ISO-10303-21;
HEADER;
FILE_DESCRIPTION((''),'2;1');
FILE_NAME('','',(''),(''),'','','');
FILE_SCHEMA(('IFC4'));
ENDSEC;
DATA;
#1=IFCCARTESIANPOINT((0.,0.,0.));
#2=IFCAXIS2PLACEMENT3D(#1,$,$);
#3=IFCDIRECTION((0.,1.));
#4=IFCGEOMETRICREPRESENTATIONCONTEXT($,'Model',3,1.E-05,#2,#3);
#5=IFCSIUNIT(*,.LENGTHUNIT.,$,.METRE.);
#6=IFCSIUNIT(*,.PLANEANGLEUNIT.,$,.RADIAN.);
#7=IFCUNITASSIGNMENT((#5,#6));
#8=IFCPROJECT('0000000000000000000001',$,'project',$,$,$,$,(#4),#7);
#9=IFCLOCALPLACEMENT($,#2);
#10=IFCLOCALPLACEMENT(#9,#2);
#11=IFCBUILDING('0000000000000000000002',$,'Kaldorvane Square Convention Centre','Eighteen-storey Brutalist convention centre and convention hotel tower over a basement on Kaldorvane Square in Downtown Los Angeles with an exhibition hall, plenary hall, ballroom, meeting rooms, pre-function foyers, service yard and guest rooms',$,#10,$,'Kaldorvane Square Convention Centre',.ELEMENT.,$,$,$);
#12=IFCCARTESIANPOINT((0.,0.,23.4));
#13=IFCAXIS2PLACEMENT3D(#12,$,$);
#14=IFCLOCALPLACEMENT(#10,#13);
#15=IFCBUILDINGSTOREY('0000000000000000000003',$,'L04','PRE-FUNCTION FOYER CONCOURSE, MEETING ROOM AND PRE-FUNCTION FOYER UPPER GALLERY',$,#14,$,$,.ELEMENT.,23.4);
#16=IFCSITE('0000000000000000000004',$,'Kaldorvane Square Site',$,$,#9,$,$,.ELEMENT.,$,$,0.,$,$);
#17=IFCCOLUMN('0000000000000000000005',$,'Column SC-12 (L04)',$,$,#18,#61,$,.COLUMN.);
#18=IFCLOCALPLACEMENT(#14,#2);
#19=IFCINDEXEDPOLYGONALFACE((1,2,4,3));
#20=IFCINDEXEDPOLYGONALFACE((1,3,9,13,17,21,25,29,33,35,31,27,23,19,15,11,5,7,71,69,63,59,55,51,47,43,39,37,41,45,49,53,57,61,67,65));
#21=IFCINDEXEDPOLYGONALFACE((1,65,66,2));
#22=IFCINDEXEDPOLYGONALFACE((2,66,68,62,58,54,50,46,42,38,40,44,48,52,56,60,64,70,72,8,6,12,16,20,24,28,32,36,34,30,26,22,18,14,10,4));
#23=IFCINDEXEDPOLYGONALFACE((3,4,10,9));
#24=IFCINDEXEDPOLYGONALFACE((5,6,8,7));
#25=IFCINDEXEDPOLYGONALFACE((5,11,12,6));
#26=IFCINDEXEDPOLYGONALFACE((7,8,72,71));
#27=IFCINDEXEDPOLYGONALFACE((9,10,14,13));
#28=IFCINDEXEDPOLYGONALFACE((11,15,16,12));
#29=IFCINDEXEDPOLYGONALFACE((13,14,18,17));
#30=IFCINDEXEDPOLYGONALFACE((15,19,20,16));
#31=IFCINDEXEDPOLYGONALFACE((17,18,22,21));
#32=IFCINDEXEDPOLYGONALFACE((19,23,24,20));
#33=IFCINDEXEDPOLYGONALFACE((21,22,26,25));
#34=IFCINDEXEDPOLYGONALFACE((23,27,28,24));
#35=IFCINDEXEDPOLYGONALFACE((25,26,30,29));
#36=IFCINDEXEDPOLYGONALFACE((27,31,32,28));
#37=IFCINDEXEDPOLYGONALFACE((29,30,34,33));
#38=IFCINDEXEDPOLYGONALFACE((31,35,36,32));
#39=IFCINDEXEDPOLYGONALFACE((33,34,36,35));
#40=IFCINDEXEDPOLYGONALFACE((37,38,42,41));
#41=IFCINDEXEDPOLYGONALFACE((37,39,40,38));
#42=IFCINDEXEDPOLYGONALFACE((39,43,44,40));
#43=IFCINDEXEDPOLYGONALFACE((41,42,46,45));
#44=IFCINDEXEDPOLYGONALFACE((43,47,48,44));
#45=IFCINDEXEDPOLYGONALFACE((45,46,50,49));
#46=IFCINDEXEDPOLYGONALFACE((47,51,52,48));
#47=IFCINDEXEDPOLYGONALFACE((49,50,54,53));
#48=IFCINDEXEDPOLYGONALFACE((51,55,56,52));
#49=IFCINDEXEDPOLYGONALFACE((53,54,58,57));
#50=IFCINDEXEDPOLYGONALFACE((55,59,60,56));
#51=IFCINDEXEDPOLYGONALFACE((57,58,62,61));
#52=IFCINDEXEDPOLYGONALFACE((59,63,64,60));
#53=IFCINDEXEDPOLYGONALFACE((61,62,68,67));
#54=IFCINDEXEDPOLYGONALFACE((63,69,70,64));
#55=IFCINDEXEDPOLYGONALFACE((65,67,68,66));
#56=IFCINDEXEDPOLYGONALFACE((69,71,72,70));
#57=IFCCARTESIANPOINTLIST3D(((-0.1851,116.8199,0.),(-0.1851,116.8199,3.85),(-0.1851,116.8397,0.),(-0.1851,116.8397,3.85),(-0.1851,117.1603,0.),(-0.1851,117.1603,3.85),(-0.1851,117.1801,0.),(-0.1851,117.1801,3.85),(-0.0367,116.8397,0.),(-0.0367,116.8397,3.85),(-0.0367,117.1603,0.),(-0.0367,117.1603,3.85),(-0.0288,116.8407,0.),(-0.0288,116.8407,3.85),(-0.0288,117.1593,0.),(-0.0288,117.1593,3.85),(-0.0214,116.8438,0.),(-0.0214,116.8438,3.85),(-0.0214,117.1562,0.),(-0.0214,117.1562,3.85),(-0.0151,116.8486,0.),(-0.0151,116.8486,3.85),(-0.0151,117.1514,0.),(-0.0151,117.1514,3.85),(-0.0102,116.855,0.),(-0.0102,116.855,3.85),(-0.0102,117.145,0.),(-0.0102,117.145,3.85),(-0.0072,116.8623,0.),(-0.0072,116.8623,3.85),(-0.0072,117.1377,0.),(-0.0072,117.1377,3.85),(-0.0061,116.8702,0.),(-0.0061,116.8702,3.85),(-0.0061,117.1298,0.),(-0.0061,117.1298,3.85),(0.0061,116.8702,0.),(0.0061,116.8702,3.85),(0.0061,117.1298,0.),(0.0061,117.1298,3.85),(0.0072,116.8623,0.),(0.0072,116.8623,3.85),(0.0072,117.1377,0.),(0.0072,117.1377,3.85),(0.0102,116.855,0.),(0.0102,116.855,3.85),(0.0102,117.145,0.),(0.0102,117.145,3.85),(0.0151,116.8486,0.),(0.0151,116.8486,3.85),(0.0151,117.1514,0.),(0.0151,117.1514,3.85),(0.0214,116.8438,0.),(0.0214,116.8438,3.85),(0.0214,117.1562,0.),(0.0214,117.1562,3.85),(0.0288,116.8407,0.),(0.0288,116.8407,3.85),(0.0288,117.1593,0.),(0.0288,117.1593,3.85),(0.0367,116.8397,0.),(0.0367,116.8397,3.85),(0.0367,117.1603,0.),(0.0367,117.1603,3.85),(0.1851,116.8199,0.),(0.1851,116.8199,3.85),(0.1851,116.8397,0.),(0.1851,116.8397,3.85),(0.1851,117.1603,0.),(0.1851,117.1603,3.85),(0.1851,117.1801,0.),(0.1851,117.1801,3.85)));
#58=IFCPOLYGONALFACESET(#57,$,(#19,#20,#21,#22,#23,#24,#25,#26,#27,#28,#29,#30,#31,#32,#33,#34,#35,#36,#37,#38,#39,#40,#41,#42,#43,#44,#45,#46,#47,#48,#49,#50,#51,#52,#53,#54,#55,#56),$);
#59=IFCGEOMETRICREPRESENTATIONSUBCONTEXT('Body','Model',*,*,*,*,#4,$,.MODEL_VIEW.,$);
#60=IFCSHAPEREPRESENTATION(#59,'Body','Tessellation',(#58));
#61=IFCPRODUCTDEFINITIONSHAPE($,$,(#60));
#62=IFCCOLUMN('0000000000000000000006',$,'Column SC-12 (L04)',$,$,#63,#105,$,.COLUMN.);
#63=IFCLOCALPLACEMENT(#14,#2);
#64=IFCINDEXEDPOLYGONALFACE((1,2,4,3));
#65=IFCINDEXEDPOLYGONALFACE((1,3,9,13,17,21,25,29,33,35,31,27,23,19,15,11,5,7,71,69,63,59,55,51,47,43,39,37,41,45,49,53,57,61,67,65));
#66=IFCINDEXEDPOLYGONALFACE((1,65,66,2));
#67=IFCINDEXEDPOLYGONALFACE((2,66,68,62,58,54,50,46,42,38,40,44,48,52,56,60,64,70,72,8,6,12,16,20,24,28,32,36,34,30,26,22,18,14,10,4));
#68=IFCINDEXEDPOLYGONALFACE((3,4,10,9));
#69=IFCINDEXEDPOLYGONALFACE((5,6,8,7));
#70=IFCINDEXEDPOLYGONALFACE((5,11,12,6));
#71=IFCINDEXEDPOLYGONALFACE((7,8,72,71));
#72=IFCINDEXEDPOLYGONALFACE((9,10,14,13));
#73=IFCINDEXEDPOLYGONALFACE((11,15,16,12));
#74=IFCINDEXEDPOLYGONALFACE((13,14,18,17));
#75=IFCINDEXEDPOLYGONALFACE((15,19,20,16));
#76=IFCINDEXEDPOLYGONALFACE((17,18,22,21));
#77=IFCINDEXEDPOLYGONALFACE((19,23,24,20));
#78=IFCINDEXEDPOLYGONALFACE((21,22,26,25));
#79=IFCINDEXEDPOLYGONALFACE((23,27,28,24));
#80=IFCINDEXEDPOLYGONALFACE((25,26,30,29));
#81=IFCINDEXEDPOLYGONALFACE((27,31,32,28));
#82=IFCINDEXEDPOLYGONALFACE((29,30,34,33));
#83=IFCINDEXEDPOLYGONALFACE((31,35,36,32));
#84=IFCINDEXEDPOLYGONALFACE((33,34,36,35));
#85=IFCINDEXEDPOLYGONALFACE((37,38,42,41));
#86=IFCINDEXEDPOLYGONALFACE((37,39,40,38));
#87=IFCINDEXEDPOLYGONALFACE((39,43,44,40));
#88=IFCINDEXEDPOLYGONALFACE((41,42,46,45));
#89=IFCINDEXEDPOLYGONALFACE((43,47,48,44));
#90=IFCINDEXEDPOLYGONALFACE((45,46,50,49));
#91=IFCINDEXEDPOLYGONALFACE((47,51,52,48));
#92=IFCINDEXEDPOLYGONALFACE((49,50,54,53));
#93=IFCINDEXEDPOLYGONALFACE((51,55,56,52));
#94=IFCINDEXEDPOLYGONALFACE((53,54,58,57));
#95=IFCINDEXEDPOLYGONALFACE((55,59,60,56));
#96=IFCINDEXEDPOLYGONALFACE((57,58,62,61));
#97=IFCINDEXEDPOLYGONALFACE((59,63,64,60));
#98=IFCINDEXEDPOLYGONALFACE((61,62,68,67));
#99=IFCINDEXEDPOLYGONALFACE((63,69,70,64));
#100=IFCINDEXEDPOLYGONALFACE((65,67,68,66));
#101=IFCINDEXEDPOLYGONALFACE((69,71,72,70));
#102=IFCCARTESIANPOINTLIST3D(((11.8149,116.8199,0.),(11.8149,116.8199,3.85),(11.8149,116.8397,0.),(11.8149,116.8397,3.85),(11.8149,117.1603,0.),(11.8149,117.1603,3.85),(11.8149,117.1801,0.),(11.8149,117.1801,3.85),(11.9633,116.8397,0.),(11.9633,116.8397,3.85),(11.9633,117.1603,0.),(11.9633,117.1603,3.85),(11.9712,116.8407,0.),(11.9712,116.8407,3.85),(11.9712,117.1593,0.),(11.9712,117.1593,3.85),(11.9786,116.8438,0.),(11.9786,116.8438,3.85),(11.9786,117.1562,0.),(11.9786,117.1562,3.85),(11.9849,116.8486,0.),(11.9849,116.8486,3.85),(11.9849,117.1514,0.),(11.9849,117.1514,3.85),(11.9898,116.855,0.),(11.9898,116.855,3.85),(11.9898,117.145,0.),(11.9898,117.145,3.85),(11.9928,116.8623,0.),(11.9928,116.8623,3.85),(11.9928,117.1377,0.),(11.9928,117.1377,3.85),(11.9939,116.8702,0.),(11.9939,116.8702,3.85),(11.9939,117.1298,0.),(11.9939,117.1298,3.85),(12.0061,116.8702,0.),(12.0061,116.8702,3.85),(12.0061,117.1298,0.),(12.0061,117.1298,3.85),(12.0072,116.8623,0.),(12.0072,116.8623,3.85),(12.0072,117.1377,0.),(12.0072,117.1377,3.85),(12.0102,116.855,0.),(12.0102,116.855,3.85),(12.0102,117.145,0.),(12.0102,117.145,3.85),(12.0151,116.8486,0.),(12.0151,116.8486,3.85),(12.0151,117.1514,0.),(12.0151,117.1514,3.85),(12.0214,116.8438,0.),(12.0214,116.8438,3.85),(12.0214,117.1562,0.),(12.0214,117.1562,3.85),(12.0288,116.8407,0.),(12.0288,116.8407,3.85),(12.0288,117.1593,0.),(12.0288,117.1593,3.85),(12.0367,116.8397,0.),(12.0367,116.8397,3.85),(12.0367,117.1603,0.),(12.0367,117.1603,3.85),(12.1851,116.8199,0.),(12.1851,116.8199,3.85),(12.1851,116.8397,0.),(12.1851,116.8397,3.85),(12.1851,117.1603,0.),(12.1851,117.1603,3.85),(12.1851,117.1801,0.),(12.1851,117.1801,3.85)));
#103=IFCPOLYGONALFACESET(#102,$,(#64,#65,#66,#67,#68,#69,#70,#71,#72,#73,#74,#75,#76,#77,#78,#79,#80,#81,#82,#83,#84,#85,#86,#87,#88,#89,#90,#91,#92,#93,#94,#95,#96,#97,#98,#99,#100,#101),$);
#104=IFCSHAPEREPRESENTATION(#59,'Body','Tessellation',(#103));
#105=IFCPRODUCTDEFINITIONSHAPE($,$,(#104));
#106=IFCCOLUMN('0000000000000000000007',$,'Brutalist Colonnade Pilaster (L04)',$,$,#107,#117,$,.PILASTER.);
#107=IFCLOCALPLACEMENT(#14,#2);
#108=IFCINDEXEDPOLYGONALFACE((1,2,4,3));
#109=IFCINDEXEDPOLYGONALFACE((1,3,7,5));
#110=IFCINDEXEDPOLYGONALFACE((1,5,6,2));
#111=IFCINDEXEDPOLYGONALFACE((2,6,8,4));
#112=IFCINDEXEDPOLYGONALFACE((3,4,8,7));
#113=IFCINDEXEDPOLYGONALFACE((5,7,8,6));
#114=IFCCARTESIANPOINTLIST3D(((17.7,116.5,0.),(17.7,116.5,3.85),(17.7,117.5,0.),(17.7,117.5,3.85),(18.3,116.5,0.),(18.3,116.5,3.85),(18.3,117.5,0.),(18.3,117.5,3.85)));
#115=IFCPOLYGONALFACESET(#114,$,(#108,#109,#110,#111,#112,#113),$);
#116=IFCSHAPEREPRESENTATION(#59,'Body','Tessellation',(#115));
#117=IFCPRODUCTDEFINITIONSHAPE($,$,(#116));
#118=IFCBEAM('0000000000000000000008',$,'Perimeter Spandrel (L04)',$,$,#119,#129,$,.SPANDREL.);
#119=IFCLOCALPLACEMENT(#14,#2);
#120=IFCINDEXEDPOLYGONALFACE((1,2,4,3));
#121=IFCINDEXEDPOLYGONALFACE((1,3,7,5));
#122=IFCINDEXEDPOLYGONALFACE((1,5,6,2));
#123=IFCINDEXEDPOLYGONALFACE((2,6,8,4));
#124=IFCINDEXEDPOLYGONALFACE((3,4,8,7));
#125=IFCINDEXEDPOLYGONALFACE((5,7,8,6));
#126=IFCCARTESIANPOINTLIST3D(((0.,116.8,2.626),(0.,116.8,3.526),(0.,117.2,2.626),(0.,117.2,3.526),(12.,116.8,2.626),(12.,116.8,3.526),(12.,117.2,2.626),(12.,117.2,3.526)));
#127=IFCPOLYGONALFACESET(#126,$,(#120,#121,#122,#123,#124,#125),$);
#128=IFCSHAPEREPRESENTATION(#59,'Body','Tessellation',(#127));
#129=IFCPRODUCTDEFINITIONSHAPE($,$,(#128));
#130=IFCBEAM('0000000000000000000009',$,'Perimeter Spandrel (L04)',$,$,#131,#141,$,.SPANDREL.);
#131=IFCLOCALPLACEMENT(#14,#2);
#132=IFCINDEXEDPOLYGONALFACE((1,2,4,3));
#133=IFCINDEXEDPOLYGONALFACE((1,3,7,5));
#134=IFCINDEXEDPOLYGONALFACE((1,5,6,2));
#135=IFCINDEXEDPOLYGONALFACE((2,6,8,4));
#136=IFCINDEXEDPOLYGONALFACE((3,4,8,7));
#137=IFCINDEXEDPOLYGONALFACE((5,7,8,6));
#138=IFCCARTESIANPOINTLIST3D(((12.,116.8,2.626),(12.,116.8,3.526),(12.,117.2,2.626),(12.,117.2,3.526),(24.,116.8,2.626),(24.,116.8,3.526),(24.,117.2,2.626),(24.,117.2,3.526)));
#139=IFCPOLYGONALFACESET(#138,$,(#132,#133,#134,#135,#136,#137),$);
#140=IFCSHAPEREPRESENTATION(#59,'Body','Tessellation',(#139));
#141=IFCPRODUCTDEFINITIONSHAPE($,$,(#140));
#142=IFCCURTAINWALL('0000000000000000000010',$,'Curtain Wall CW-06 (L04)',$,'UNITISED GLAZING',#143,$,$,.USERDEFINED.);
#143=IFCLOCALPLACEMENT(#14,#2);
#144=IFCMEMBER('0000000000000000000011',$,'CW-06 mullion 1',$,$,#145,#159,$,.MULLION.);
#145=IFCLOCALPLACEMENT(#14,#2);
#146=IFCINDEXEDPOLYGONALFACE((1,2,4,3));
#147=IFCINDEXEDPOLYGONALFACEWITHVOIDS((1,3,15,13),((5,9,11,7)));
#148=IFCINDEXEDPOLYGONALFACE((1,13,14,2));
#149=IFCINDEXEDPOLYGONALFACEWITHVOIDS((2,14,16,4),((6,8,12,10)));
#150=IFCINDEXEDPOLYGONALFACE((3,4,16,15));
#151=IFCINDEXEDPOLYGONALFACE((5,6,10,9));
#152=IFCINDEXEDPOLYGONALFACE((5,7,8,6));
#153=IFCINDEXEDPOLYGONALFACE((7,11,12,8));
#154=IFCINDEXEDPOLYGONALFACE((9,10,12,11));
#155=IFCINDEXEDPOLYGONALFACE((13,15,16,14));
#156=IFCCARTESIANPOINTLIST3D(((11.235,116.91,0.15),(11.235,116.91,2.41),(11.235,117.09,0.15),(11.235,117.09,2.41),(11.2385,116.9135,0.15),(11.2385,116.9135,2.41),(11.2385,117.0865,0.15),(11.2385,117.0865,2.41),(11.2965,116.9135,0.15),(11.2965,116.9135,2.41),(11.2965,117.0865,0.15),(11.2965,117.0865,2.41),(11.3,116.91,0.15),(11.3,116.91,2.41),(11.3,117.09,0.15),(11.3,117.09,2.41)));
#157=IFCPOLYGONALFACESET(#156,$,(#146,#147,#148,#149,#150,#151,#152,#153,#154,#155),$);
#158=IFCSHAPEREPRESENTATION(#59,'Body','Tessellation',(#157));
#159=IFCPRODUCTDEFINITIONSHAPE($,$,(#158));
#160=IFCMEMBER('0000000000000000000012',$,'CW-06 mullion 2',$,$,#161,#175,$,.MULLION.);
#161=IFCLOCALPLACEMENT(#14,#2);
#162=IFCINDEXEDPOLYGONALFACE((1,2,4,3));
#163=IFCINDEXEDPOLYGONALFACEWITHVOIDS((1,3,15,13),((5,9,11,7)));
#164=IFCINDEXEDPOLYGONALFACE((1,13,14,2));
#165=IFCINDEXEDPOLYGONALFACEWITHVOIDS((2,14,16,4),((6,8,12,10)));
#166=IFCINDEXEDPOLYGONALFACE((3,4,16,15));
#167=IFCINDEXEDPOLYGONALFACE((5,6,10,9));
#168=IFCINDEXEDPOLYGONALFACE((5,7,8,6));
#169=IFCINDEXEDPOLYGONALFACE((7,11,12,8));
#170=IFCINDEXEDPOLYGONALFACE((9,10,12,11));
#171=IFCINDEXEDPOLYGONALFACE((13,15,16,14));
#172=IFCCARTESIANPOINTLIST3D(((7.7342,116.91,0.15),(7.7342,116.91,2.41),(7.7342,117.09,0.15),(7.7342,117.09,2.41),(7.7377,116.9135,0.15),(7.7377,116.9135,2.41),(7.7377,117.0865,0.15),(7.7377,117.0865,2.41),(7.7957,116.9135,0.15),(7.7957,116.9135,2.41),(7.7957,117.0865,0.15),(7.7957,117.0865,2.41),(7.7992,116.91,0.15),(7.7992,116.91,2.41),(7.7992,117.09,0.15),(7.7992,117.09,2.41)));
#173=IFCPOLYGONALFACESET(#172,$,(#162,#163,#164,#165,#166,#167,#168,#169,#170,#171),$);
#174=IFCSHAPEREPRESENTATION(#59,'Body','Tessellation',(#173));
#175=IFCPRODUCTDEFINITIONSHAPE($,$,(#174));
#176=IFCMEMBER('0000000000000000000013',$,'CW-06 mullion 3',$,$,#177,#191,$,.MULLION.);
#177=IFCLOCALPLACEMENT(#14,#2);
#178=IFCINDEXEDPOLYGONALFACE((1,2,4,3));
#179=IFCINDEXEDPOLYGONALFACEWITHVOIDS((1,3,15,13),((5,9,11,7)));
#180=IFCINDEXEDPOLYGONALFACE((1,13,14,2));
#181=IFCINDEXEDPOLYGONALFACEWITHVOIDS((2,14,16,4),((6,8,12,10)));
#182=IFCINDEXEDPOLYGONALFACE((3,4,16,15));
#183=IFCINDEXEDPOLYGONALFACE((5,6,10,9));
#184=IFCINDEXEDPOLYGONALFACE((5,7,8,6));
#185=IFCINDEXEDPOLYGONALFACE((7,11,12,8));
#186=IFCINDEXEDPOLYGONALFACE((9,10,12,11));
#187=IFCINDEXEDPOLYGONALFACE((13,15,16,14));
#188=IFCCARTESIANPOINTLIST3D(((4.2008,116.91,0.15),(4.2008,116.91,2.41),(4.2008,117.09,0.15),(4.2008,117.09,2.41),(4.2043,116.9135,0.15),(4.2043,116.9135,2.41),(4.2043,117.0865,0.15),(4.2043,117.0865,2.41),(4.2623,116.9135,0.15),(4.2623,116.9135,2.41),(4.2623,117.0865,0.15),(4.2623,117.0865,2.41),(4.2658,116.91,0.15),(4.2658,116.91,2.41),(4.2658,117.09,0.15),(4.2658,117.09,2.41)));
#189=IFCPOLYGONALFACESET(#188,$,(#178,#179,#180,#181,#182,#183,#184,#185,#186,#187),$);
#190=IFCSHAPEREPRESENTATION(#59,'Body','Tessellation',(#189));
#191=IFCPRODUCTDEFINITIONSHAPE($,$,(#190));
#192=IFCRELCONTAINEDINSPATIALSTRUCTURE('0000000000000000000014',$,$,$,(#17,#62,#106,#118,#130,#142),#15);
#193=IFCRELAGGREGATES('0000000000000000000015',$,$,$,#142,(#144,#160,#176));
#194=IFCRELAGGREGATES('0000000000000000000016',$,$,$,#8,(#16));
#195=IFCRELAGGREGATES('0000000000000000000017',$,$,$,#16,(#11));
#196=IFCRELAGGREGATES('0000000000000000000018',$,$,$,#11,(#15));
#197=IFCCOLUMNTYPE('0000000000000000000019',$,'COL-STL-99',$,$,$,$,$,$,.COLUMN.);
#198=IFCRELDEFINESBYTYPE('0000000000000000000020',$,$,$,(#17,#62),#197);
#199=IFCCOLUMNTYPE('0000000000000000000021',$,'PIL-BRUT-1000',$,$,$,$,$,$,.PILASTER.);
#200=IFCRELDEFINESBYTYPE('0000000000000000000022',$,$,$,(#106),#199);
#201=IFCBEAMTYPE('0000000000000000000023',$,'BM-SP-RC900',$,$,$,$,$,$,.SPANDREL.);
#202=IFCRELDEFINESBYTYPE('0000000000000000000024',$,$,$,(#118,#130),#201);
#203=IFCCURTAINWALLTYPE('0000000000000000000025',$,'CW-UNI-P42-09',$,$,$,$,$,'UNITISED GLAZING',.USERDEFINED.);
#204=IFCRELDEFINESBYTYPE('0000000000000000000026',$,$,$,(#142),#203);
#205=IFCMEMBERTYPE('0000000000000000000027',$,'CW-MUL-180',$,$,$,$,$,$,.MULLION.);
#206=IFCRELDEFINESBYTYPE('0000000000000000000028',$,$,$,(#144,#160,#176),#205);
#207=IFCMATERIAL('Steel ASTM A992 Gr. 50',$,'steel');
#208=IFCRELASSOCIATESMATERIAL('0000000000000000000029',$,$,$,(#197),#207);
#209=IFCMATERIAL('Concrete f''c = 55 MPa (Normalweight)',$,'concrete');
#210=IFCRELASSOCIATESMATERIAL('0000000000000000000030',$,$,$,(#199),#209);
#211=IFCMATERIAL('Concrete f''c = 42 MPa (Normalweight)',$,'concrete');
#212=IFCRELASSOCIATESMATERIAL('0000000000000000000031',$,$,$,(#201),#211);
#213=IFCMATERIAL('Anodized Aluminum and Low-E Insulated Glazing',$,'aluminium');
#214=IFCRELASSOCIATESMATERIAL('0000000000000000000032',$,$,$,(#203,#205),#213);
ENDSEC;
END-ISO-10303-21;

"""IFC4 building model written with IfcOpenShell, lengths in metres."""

from ifc_helpers import new_model, si_unit, direction, frame, origin, origin_2d, place, context, subcontext, project, spatial, rectangle, hollow_rectangle, i_section, extrude, material, material_profile, profile_set, type_object, element, aggregate, save


model = new_model("IFC4")

# Units and contexts
model_context = context("Model", 3, precision=1e-05, world=origin(), true_north=direction((0.0, 1.0)))
body_context = subcontext(model_context, "Body", "Model", "MODEL_VIEW")
ifc_project = project(units=[si_unit("LENGTHUNIT", "METRE"), si_unit("PLANEANGLEUNIT", "RADIAN")], contexts=[model_context])

# Site, building, storey
site_placement = place(None, origin())
site = spatial("IfcSite", under=ifc_project, at=site_placement, Name="Kaldorvane Square Site", CompositionType="ELEMENT", RefElevation=0.0)
building_placement = place(site_placement, origin())
building = spatial("IfcBuilding", under=site, at=building_placement, Name="Kaldorvane Square Convention Centre", Description="Eighteen-storey Brutalist convention centre and convention hotel tower over a basement on Kaldorvane Square in Downtown Los Angeles with an exhibition hall, plenary hall, ballroom, meeting rooms, pre-function foyers, service yard and guest rooms", LongName="Kaldorvane Square Convention Centre", CompositionType="ELEMENT")
storey_placement = place(building_placement, frame((0.0, 0.0, 23.4)))
storey = spatial("IfcBuildingStorey", under=building, at=storey_placement, Name="L04", Description="PRE-FUNCTION FOYER CONCOURSE, MEETING ROOM AND PRE-FUNCTION FOYER UPPER GALLERY", CompositionType="ELEMENT", Elevation=23.4)

# Columns
ifc_material_1 = material(Name="Steel ASTM A992 Gr. 50", Category="steel")
ifc_material_profile_1 = material_profile(ifc_material_1, i_section(OverallWidth=0.3701, OverallDepth=0.3602, WebThickness=0.0123, FlangeThickness=0.0198, FilletRadius=0.0305, at=origin_2d()), Name="W14X99")
ifc_profile_set_1 = profile_set([ifc_material_profile_1], Name="Steel ASTM A992 Gr. 50")
column_type_1 = type_object("IfcColumnType", Name="COL-STL-99", PredefinedType="COLUMN", material=ifc_profile_set_1)
for number, where, z_axis, x_axis, name in (
    (1, (0.0, 117.0, 0.0), (0.0, 0.0, 1.0), (1.0, 0.0, 0.0), "Column SC-12 (L04)"),
    (2, (12.0, 117.0, 0.0), (0.0, 0.0, 1.0), (1.0, 0.0, 0.0), "Column SC-12 (L04)"),
):
    element("IfcColumn", number, at=place(storey_placement, frame(where, z_axis=z_axis, x_axis=x_axis)), inside=storey, type_object=column_type_1, Name=name, PredefinedType="COLUMN", context=body_context, shape_type="SweptSolid", body=[
        extrude(i_section(OverallWidth=0.3701, OverallDepth=0.3602, WebThickness=0.0123, FlangeThickness=0.0198, FilletRadius=0.0305, at=origin_2d()), origin(), (0.0, 0.0, 1.0), 3.85),
    ])
ifc_material_2 = material(Name="Concrete f'c = 55 MPa (Normalweight)", Category="concrete")
ifc_material_profile_2 = material_profile(ifc_material_2, rectangle(XDim=0.6, YDim=1.0, at=origin_2d()), Name="PIL1000X600")
ifc_profile_set_2 = profile_set([ifc_material_profile_2], Name="Concrete f'c = 55 MPa (Normalweight)")
column_type_2 = type_object("IfcColumnType", Name="PIL-BRUT-1000", PredefinedType="PILASTER", material=ifc_profile_set_2)
column_placement = place(storey_placement, frame((18.0, 117.0, 0.0), z_axis=(0.0, 0.0, 1.0), x_axis=(1.0, 0.0, 0.0)))
element("IfcColumn", 3, at=column_placement, inside=storey, type_object=column_type_2, Name="Brutalist Colonnade Pilaster (L04)", PredefinedType="PILASTER", context=body_context, shape_type="SweptSolid", body=[
    extrude(rectangle(XDim=0.6, YDim=1.0, at=origin_2d()), origin(), (0.0, 0.0, 1.0), 3.85),
])

# Beams
ifc_material_3 = material(Name="Concrete f'c = 42 MPa (Normalweight)", Category="concrete")
ifc_material_profile_3 = material_profile(ifc_material_3, rectangle(XDim=0.4, YDim=0.9, at=origin_2d()), Name="RCSP900X400")
ifc_profile_set_3 = profile_set([ifc_material_profile_3], Name="Concrete f'c = 42 MPa (Normalweight)")
beam_type = type_object("IfcBeamType", Name="BM-SP-RC900", PredefinedType="SPANDREL", material=ifc_profile_set_3)
for number, where, z_axis, x_axis, name in (
    (4, (0.0, 117.0, 3.076), (1.0, 0.0, 0.0), (0.0, 1.0, 0.0), "Perimeter Spandrel (L04)"),
    (5, (12.0, 117.0, 3.076), (1.0, 0.0, 0.0), (0.0, 1.0, 0.0), "Perimeter Spandrel (L04)"),
):
    element("IfcBeam", number, at=place(storey_placement, frame(where, z_axis=z_axis, x_axis=x_axis)), inside=storey, type_object=beam_type, Name=name, PredefinedType="SPANDREL", context=body_context, shape_type="SweptSolid", body=[
        extrude(rectangle(XDim=0.4, YDim=0.9, at=origin_2d()), origin(), (0.0, 0.0, 1.0), 12.0),
    ])

# Curtain wall, members
ifc_material_4 = material(Name="Anodized Aluminum and Low-E Insulated Glazing", Category="aluminium")
curtain_wall_type = type_object("IfcCurtainWallType", Name="CW-UNI-P42-09", ElementType="UNITISED GLAZING", PredefinedType="USERDEFINED", material=ifc_material_4)
curtain_wall_placement = place(storey_placement, origin())
curtain_wall = element("IfcCurtainWall", 6, at=curtain_wall_placement, inside=storey, type_object=curtain_wall_type, Name="Curtain Wall CW-06 (L04)", ObjectType="UNITISED GLAZING", PredefinedType="USERDEFINED")
ifc_material_profile_4 = material_profile(ifc_material_4, hollow_rectangle(XDim=0.065, YDim=0.18, WallThickness=0.0035, at=origin_2d()), Name="CWM-180X65")
ifc_profile_set_4 = profile_set([ifc_material_profile_4], Name="Anodized Aluminum and Low-E Insulated Glazing")
member_type_1 = type_object("IfcMemberType", Name="CW-MUL-180", PredefinedType="MULLION", material=ifc_profile_set_4)
member_1_placement = place(storey_placement, frame((11.2675, 117.0, 0.15), z_axis=(0.0, 0.0, 1.0), x_axis=(-1.0, 0.0, 0.0)))
member_1 = element("IfcMember", 7, at=member_1_placement, type_object=member_type_1, Name="CW-06 mullion 1", PredefinedType="MULLION", context=body_context, shape_type="SweptSolid", body=[
    extrude(hollow_rectangle(XDim=0.065, YDim=0.18, WallThickness=0.0035, at=origin_2d()), origin(), (0.0, 0.0, 1.0), 2.26),
])
member_2_placement = place(storey_placement, frame((7.7667, 117.0, 0.15), z_axis=(0.0, 0.0, 1.0), x_axis=(-1.0, 0.0, 0.0)))
member_2 = element("IfcMember", 8, at=member_2_placement, type_object=member_type_1, Name="CW-06 mullion 2", PredefinedType="MULLION", context=body_context, shape_type="SweptSolid", body=[
    extrude(hollow_rectangle(XDim=0.065, YDim=0.18, WallThickness=0.0035, at=origin_2d()), origin(), (0.0, 0.0, 1.0), 2.26),
])
member_3_placement = place(storey_placement, frame((4.2333, 117.0, 0.15), z_axis=(0.0, 0.0, 1.0), x_axis=(-1.0, 0.0, 0.0)))
member_3 = element("IfcMember", 9, at=member_3_placement, type_object=member_type_1, Name="CW-06 mullion 3", PredefinedType="MULLION", context=body_context, shape_type="SweptSolid", body=[
    extrude(hollow_rectangle(XDim=0.065, YDim=0.18, WallThickness=0.0035, at=origin_2d()), origin(), (0.0, 0.0, 1.0), 2.26),
])
aggregate(curtain_wall, [member_1, member_2, member_3])

save(model, "model.ifc")
